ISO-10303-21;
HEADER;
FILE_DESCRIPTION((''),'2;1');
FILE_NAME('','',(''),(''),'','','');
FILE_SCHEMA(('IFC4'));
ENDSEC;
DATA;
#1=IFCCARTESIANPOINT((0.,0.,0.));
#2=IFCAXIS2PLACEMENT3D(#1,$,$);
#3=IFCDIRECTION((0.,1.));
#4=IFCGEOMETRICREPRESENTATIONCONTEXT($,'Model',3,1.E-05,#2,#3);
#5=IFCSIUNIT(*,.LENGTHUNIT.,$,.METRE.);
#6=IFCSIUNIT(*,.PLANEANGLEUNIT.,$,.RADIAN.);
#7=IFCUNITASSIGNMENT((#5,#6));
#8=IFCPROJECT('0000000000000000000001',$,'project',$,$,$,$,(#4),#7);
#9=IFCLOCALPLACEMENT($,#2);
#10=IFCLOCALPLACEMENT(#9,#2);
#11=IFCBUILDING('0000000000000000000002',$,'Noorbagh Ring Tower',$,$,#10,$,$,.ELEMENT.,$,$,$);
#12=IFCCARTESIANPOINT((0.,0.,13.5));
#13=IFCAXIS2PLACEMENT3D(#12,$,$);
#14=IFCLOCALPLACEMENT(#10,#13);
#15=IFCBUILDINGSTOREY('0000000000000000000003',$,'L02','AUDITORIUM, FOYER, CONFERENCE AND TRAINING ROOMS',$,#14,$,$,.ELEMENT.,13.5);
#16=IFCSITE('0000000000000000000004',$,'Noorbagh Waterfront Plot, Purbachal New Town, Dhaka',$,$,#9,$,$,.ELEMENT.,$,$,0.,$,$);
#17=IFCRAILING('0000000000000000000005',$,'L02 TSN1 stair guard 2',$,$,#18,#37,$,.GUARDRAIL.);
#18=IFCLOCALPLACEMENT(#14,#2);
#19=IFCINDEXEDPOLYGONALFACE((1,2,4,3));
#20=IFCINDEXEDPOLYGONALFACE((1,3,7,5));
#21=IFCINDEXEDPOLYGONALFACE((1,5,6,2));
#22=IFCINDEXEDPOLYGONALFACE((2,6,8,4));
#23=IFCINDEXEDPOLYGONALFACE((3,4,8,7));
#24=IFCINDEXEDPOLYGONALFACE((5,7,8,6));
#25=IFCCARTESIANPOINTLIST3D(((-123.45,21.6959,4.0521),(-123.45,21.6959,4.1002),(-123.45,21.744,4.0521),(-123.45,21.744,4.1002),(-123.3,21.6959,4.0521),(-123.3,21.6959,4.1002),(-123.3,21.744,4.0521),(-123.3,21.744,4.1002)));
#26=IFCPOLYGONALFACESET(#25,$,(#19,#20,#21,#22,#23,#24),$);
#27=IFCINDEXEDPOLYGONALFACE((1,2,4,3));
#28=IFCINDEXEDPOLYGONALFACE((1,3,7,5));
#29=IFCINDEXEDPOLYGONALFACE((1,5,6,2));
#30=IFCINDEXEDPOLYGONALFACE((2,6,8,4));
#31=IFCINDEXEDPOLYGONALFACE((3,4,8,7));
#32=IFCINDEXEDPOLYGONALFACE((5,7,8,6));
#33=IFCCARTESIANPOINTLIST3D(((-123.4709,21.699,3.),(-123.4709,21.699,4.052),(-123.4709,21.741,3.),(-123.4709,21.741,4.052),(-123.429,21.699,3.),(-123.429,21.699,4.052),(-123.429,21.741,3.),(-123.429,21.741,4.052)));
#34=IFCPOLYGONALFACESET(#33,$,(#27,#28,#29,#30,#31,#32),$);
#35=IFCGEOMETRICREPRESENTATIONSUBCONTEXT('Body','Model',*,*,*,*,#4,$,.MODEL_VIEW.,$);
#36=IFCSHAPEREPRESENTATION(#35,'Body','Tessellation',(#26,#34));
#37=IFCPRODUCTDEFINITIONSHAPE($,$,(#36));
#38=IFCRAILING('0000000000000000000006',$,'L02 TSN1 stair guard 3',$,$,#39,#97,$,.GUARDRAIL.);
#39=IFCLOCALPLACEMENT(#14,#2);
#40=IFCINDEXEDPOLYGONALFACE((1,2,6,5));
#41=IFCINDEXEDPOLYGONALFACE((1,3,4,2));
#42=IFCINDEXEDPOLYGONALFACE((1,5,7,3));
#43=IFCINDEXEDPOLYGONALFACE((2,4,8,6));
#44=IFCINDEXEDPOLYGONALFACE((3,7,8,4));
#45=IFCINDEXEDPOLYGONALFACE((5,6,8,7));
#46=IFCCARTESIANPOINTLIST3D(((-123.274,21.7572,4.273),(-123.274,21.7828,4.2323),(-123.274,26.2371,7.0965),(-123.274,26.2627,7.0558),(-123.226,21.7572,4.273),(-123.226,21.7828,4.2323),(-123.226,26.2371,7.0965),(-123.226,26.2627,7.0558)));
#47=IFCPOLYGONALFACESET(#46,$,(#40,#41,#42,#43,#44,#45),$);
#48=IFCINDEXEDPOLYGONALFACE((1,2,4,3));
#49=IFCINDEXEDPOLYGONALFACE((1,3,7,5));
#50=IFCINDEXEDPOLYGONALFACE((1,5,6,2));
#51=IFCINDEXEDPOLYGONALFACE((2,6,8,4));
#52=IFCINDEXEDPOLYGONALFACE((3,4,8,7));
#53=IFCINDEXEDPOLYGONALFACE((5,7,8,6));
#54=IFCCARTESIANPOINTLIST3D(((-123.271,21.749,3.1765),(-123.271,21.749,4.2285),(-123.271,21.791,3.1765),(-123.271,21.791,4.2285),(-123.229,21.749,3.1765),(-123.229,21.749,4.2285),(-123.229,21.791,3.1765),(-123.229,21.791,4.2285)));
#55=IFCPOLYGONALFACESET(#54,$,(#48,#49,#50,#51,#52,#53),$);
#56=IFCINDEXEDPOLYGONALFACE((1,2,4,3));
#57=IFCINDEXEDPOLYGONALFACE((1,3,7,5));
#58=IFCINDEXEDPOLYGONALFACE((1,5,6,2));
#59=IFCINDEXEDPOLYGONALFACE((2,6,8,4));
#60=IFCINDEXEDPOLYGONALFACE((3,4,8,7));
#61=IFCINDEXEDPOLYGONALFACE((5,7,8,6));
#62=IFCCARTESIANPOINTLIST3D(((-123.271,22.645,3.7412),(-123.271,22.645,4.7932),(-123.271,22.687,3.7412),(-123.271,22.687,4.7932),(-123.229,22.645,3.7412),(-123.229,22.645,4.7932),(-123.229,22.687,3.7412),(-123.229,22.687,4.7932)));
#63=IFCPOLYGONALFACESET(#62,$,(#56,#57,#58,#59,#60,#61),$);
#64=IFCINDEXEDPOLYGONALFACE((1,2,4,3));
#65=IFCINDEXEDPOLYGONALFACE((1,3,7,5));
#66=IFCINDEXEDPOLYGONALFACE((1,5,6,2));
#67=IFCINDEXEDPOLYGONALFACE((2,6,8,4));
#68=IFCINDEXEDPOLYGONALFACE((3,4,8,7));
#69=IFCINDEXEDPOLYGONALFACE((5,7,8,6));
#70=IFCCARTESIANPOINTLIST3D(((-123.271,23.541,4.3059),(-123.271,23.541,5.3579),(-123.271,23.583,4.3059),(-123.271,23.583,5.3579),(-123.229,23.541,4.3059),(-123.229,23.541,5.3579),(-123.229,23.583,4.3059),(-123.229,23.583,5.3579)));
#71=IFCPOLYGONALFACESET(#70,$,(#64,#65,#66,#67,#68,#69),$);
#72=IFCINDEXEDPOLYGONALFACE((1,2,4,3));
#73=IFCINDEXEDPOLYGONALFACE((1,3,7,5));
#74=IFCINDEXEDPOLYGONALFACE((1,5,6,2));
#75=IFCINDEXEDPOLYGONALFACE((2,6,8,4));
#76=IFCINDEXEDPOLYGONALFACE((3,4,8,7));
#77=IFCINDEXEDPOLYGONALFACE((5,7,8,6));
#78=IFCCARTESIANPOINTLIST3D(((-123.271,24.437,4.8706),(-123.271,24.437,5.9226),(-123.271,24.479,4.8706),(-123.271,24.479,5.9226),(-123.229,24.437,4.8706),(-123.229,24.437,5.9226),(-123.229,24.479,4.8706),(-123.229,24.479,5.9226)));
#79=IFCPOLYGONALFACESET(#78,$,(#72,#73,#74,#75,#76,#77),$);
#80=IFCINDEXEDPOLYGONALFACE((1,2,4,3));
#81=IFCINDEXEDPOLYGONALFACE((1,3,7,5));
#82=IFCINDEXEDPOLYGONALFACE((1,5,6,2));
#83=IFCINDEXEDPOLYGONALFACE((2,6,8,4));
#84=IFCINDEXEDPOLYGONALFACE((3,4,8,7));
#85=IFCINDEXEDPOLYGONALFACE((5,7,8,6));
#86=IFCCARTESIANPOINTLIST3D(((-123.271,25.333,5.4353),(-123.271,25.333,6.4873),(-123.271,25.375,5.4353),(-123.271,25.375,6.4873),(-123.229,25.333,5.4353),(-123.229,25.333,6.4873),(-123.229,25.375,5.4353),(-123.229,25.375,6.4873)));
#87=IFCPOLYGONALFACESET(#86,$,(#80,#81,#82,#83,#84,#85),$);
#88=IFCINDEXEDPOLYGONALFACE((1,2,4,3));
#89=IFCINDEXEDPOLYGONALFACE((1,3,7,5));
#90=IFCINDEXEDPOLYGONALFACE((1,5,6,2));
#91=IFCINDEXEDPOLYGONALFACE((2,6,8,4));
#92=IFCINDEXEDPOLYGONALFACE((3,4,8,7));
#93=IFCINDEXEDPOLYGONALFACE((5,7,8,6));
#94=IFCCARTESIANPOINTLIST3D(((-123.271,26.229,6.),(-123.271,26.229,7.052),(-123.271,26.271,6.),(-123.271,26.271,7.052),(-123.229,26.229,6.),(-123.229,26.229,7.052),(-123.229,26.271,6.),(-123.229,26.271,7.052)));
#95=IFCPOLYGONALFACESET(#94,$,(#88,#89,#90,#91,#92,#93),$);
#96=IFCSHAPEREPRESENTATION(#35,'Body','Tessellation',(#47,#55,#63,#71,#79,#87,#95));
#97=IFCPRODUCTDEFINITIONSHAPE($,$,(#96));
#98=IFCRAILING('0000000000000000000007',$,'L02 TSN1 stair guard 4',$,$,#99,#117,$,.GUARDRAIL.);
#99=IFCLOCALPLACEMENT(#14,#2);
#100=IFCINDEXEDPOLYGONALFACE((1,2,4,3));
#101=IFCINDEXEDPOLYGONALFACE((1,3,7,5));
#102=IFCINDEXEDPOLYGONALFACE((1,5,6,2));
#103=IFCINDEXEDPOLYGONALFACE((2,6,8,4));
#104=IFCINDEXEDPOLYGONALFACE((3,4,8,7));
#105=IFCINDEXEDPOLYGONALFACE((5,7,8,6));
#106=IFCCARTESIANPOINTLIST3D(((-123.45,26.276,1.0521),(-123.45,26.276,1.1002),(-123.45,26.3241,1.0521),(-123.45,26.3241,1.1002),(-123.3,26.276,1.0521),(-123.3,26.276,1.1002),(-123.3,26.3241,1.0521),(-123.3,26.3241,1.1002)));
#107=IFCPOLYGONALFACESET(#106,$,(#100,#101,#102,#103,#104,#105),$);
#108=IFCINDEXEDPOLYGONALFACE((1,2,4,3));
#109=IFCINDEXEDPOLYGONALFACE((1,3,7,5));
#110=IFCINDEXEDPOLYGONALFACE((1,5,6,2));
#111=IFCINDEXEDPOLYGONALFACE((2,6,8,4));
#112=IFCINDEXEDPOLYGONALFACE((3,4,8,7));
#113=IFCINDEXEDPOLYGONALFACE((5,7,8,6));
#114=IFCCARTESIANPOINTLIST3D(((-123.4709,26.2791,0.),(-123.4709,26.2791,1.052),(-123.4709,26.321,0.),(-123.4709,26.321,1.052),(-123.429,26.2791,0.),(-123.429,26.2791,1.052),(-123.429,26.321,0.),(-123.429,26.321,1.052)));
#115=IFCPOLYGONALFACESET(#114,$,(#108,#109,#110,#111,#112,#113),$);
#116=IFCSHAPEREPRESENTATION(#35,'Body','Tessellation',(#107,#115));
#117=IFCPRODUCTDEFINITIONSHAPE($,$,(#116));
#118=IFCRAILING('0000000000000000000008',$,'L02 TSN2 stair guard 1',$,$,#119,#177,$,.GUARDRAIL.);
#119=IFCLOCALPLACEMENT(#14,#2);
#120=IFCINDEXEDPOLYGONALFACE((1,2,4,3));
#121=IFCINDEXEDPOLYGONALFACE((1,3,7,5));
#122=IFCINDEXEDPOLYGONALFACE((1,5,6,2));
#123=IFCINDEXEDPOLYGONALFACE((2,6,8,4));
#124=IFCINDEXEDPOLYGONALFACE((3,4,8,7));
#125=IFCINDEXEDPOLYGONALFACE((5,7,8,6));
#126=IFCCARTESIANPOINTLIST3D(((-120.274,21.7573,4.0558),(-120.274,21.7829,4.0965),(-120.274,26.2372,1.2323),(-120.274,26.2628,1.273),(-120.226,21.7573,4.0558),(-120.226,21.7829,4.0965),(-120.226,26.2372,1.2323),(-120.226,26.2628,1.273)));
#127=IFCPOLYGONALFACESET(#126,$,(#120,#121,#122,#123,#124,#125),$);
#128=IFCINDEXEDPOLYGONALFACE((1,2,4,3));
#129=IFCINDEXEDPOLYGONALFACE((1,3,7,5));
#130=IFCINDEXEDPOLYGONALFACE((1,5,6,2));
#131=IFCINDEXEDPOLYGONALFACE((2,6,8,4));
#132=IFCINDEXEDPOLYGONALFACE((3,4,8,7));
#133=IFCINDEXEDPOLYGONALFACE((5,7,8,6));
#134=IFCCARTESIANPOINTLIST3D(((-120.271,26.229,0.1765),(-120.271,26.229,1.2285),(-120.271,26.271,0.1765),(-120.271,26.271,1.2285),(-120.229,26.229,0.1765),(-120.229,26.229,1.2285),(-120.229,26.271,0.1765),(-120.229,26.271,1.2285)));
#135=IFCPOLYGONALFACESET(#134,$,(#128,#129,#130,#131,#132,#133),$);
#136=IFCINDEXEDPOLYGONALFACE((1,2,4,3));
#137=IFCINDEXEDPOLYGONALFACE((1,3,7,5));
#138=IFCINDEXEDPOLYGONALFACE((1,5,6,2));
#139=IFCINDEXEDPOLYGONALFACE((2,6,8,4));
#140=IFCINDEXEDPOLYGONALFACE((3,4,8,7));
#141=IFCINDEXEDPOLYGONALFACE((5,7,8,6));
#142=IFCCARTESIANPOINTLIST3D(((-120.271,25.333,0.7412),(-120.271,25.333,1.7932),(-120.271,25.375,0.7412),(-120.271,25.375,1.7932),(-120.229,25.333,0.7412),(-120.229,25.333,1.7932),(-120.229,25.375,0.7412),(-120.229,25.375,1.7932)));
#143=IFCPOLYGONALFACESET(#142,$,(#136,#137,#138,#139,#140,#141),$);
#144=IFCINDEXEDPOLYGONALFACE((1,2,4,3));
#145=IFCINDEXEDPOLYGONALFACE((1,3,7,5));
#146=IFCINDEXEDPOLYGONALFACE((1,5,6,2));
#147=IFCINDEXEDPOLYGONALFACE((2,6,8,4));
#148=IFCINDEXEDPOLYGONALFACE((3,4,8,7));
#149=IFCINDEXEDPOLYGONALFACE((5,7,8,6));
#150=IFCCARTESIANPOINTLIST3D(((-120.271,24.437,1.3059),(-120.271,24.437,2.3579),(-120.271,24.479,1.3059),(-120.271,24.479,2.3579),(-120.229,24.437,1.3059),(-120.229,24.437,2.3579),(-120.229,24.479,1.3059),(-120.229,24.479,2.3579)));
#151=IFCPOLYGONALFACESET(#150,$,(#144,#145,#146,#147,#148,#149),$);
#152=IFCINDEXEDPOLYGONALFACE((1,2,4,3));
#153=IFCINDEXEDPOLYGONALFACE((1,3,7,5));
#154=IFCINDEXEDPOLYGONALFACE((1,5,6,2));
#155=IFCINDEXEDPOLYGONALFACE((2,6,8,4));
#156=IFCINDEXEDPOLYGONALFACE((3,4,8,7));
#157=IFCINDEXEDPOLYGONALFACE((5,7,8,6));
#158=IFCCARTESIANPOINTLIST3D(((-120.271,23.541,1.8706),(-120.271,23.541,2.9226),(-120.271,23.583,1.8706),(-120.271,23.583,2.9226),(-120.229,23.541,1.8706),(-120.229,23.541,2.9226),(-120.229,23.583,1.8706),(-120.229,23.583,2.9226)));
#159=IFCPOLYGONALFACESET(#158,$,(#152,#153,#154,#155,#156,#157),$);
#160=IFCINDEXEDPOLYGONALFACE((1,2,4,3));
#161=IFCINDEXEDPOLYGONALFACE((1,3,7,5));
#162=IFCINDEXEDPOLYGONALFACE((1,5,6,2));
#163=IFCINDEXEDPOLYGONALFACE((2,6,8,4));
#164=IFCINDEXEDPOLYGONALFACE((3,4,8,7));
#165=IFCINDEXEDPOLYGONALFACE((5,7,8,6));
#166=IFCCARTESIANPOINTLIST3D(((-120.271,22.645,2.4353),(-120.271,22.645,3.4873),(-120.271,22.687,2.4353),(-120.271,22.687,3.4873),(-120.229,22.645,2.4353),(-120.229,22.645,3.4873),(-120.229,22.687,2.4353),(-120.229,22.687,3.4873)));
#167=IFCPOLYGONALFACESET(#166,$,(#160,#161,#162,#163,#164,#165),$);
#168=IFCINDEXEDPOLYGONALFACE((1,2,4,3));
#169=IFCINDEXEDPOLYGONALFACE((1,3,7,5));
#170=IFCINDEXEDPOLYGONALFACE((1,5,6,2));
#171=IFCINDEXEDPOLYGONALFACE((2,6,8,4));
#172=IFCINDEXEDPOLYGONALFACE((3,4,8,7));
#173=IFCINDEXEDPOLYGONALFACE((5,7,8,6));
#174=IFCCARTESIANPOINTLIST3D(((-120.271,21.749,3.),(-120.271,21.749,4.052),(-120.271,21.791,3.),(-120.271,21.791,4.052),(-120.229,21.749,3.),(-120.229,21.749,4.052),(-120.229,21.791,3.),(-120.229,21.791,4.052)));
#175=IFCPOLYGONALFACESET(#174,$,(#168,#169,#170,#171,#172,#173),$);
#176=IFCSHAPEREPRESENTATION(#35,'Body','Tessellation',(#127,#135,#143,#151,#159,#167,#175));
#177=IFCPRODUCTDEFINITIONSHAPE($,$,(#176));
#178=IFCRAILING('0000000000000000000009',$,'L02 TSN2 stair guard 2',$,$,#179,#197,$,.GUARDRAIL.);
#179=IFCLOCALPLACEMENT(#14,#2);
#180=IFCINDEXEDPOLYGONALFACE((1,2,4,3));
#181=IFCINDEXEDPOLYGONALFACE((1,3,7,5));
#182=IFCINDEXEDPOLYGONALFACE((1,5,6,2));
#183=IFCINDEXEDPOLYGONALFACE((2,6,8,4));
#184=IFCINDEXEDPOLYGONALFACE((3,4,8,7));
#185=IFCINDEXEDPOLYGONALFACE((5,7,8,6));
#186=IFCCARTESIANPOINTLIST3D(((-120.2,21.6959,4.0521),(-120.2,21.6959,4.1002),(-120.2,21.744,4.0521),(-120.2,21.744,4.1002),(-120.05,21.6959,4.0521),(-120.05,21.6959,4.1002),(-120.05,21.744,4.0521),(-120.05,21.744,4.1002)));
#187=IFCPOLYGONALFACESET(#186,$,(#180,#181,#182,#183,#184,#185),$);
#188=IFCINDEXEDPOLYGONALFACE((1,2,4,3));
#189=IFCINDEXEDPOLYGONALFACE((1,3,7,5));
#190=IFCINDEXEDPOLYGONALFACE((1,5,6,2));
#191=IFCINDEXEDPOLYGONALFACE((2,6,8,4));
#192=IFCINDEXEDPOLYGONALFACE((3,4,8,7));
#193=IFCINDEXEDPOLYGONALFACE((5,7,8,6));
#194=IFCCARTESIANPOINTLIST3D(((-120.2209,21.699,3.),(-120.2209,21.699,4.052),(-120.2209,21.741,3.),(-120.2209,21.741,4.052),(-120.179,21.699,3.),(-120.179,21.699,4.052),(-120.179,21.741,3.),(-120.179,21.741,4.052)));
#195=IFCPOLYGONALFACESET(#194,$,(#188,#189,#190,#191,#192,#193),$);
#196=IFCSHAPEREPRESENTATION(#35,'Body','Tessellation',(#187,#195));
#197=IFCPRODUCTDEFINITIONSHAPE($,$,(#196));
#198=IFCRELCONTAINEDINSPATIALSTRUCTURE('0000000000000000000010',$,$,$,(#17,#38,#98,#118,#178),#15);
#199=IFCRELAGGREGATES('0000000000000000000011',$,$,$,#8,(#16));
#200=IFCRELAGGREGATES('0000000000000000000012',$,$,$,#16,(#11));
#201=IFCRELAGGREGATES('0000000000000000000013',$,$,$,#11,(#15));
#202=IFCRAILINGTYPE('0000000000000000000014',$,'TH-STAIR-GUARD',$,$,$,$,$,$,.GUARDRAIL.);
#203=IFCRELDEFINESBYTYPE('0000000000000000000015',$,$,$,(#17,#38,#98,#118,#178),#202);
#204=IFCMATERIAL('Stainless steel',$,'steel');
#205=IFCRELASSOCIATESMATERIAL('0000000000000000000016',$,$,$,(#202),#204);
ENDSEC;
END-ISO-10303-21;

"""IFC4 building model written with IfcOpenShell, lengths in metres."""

from ifc_helpers import new_model, si_unit, direction, frame, origin, origin_2d, place, context, subcontext, project, spatial, rectangle, extrude, material, type_object, element, save


model = new_model("IFC4")

# Units and contexts
model_context = context("Model", 3, precision=1e-05, world=origin(), true_north=direction((0.0, 1.0)))
body_context = subcontext(model_context, "Body", "Model", "MODEL_VIEW")
ifc_project = project(units=[si_unit("LENGTHUNIT", "METRE"), si_unit("PLANEANGLEUNIT", "RADIAN")], contexts=[model_context])

# Site, building, storey
site_placement = place(None, origin())
site = spatial("IfcSite", under=ifc_project, at=site_placement, Name="Noorbagh Waterfront Plot, Purbachal New Town, Dhaka", CompositionType="ELEMENT", RefElevation=0.0)
building_placement = place(site_placement, origin())
building = spatial("IfcBuilding", under=site, at=building_placement, Name="Noorbagh Ring Tower", CompositionType="ELEMENT")
storey_placement = place(building_placement, frame((0.0, 0.0, 13.5)))
storey = spatial("IfcBuildingStorey", under=building, at=storey_placement, Name="L02", Description="AUDITORIUM, FOYER, CONFERENCE AND TRAINING ROOMS", CompositionType="ELEMENT", Elevation=13.5)

# Railings
ifc_material_1 = material(Name="Stainless steel", Category="steel")
railing_type_1 = type_object("IfcRailingType", Name="TH-STAIR-GUARD", PredefinedType="GUARDRAIL", material=ifc_material_1)
railing_1_placement = place(storey_placement, frame((-123.45, 21.72, 3.0)))
element("IfcRailing", 1, at=railing_1_placement, inside=storey, type_object=railing_type_1, Name="L02 TSN1 stair guard 2", PredefinedType="GUARDRAIL", context=body_context, shape_type="SweptSolid", body=[
    extrude(rectangle(XDim=0.0481, YDim=0.0481, at=origin_2d()), frame((0.0, 0.0, 1.0762), z_axis=(1.0, 0.0, 0.0), x_axis=(0.0, 1.0, 0.0)), (0.0, 0.0, 1.0), 0.1499),
    extrude(rectangle(XDim=0.042, YDim=0.042, at=origin_2d()), origin(), (0.0, 0.0, 1.0), 1.052),
])
railing_2_placement = place(storey_placement, frame((-123.25, 21.77, 3.1765)))
element("IfcRailing", 2, at=railing_2_placement, inside=storey, type_object=railing_type_1, Name="L02 TSN1 stair guard 3", PredefinedType="GUARDRAIL", context=body_context, shape_type="SweptSolid", body=[
    extrude(rectangle(XDim=0.0481, YDim=0.0481, at=origin_2d()), frame((0.0, 0.0, 1.0762), z_axis=(0.0, 0.845998, 0.533186), x_axis=(-1.0, 0.0, 0.0)), (0.0, 0.0, 1.0), 5.2954),
    extrude(rectangle(XDim=0.042, YDim=0.042, at=origin_2d()), origin(), (0.0, 0.0, 1.0), 1.052),
    extrude(rectangle(XDim=0.042, YDim=0.042, at=origin_2d()), frame((0.0, 0.896, 0.5647)), (0.0, 0.0, 1.0), 1.052),
    extrude(rectangle(XDim=0.042, YDim=0.042, at=origin_2d()), frame((0.0, 1.792, 1.1294)), (0.0, 0.0, 1.0), 1.052),
    extrude(rectangle(XDim=0.042, YDim=0.042, at=origin_2d()), frame((0.0, 2.688, 1.6941)), (0.0, 0.0, 1.0), 1.052),
    extrude(rectangle(XDim=0.042, YDim=0.042, at=origin_2d()), frame((0.0, 3.584, 2.2588)), (0.0, 0.0, 1.0), 1.052),
    extrude(rectangle(XDim=0.042, YDim=0.042, at=origin_2d()), frame((0.0, 4.48, 2.8235)), (0.0, 0.0, 1.0), 1.052),
])
railing_3_placement = place(storey_placement, frame((-123.45, 26.3, 0.0)))
element("IfcRailing", 3, at=railing_3_placement, inside=storey, type_object=railing_type_1, Name="L02 TSN1 stair guard 4", PredefinedType="GUARDRAIL", context=body_context, shape_type="SweptSolid", body=[
    extrude(rectangle(XDim=0.0481, YDim=0.0481, at=origin_2d()), frame((0.0, 0.0, 1.0762), z_axis=(1.0, 0.0, 0.0), x_axis=(0.0, 1.0, 0.0)), (0.0, 0.0, 1.0), 0.1499),
    extrude(rectangle(XDim=0.042, YDim=0.042, at=origin_2d()), origin(), (0.0, 0.0, 1.0), 1.052),
])
railing_4_placement = place(storey_placement, frame((-120.25, 26.25, 0.1765)))
element("IfcRailing", 4, at=railing_4_placement, inside=storey, type_object=railing_type_1, Name="L02 TSN2 stair guard 1", PredefinedType="GUARDRAIL", context=body_context, shape_type="SweptSolid", body=[
    extrude(rectangle(XDim=0.0481, YDim=0.0481, at=origin_2d()), frame((0.0, 0.0, 1.0762), z_axis=(0.0, -0.845998, 0.533186), x_axis=(1.0, 0.0, 0.0)), (0.0, 0.0, 1.0), 5.2954),
    extrude(rectangle(XDim=0.042, YDim=0.042, at=origin_2d()), origin(), (0.0, 0.0, 1.0), 1.052),
    extrude(rectangle(XDim=0.042, YDim=0.042, at=origin_2d()), frame((0.0, -0.896, 0.5647)), (0.0, 0.0, 1.0), 1.052),
    extrude(rectangle(XDim=0.042, YDim=0.042, at=origin_2d()), frame((0.0, -1.792, 1.1294)), (0.0, 0.0, 1.0), 1.052),
    extrude(rectangle(XDim=0.042, YDim=0.042, at=origin_2d()), frame((0.0, -2.688, 1.6941)), (0.0, 0.0, 1.0), 1.052),
    extrude(rectangle(XDim=0.042, YDim=0.042, at=origin_2d()), frame((0.0, -3.584, 2.2588)), (0.0, 0.0, 1.0), 1.052),
    extrude(rectangle(XDim=0.042, YDim=0.042, at=origin_2d()), frame((0.0, -4.48, 2.8235)), (0.0, 0.0, 1.0), 1.052),
])
railing_5_placement = place(storey_placement, frame((-120.2, 21.72, 3.0)))
element("IfcRailing", 5, at=railing_5_placement, inside=storey, type_object=railing_type_1, Name="L02 TSN2 stair guard 2", PredefinedType="GUARDRAIL", context=body_context, shape_type="SweptSolid", body=[
    extrude(rectangle(XDim=0.0481, YDim=0.0481, at=origin_2d()), frame((0.0, 0.0, 1.0762), z_axis=(1.0, 0.0, 0.0), x_axis=(0.0, 1.0, 0.0)), (0.0, 0.0, 1.0), 0.1499),
    extrude(rectangle(XDim=0.042, YDim=0.042, at=origin_2d()), origin(), (0.0, 0.0, 1.0), 1.052),
])

save(model, "model.ifc")
